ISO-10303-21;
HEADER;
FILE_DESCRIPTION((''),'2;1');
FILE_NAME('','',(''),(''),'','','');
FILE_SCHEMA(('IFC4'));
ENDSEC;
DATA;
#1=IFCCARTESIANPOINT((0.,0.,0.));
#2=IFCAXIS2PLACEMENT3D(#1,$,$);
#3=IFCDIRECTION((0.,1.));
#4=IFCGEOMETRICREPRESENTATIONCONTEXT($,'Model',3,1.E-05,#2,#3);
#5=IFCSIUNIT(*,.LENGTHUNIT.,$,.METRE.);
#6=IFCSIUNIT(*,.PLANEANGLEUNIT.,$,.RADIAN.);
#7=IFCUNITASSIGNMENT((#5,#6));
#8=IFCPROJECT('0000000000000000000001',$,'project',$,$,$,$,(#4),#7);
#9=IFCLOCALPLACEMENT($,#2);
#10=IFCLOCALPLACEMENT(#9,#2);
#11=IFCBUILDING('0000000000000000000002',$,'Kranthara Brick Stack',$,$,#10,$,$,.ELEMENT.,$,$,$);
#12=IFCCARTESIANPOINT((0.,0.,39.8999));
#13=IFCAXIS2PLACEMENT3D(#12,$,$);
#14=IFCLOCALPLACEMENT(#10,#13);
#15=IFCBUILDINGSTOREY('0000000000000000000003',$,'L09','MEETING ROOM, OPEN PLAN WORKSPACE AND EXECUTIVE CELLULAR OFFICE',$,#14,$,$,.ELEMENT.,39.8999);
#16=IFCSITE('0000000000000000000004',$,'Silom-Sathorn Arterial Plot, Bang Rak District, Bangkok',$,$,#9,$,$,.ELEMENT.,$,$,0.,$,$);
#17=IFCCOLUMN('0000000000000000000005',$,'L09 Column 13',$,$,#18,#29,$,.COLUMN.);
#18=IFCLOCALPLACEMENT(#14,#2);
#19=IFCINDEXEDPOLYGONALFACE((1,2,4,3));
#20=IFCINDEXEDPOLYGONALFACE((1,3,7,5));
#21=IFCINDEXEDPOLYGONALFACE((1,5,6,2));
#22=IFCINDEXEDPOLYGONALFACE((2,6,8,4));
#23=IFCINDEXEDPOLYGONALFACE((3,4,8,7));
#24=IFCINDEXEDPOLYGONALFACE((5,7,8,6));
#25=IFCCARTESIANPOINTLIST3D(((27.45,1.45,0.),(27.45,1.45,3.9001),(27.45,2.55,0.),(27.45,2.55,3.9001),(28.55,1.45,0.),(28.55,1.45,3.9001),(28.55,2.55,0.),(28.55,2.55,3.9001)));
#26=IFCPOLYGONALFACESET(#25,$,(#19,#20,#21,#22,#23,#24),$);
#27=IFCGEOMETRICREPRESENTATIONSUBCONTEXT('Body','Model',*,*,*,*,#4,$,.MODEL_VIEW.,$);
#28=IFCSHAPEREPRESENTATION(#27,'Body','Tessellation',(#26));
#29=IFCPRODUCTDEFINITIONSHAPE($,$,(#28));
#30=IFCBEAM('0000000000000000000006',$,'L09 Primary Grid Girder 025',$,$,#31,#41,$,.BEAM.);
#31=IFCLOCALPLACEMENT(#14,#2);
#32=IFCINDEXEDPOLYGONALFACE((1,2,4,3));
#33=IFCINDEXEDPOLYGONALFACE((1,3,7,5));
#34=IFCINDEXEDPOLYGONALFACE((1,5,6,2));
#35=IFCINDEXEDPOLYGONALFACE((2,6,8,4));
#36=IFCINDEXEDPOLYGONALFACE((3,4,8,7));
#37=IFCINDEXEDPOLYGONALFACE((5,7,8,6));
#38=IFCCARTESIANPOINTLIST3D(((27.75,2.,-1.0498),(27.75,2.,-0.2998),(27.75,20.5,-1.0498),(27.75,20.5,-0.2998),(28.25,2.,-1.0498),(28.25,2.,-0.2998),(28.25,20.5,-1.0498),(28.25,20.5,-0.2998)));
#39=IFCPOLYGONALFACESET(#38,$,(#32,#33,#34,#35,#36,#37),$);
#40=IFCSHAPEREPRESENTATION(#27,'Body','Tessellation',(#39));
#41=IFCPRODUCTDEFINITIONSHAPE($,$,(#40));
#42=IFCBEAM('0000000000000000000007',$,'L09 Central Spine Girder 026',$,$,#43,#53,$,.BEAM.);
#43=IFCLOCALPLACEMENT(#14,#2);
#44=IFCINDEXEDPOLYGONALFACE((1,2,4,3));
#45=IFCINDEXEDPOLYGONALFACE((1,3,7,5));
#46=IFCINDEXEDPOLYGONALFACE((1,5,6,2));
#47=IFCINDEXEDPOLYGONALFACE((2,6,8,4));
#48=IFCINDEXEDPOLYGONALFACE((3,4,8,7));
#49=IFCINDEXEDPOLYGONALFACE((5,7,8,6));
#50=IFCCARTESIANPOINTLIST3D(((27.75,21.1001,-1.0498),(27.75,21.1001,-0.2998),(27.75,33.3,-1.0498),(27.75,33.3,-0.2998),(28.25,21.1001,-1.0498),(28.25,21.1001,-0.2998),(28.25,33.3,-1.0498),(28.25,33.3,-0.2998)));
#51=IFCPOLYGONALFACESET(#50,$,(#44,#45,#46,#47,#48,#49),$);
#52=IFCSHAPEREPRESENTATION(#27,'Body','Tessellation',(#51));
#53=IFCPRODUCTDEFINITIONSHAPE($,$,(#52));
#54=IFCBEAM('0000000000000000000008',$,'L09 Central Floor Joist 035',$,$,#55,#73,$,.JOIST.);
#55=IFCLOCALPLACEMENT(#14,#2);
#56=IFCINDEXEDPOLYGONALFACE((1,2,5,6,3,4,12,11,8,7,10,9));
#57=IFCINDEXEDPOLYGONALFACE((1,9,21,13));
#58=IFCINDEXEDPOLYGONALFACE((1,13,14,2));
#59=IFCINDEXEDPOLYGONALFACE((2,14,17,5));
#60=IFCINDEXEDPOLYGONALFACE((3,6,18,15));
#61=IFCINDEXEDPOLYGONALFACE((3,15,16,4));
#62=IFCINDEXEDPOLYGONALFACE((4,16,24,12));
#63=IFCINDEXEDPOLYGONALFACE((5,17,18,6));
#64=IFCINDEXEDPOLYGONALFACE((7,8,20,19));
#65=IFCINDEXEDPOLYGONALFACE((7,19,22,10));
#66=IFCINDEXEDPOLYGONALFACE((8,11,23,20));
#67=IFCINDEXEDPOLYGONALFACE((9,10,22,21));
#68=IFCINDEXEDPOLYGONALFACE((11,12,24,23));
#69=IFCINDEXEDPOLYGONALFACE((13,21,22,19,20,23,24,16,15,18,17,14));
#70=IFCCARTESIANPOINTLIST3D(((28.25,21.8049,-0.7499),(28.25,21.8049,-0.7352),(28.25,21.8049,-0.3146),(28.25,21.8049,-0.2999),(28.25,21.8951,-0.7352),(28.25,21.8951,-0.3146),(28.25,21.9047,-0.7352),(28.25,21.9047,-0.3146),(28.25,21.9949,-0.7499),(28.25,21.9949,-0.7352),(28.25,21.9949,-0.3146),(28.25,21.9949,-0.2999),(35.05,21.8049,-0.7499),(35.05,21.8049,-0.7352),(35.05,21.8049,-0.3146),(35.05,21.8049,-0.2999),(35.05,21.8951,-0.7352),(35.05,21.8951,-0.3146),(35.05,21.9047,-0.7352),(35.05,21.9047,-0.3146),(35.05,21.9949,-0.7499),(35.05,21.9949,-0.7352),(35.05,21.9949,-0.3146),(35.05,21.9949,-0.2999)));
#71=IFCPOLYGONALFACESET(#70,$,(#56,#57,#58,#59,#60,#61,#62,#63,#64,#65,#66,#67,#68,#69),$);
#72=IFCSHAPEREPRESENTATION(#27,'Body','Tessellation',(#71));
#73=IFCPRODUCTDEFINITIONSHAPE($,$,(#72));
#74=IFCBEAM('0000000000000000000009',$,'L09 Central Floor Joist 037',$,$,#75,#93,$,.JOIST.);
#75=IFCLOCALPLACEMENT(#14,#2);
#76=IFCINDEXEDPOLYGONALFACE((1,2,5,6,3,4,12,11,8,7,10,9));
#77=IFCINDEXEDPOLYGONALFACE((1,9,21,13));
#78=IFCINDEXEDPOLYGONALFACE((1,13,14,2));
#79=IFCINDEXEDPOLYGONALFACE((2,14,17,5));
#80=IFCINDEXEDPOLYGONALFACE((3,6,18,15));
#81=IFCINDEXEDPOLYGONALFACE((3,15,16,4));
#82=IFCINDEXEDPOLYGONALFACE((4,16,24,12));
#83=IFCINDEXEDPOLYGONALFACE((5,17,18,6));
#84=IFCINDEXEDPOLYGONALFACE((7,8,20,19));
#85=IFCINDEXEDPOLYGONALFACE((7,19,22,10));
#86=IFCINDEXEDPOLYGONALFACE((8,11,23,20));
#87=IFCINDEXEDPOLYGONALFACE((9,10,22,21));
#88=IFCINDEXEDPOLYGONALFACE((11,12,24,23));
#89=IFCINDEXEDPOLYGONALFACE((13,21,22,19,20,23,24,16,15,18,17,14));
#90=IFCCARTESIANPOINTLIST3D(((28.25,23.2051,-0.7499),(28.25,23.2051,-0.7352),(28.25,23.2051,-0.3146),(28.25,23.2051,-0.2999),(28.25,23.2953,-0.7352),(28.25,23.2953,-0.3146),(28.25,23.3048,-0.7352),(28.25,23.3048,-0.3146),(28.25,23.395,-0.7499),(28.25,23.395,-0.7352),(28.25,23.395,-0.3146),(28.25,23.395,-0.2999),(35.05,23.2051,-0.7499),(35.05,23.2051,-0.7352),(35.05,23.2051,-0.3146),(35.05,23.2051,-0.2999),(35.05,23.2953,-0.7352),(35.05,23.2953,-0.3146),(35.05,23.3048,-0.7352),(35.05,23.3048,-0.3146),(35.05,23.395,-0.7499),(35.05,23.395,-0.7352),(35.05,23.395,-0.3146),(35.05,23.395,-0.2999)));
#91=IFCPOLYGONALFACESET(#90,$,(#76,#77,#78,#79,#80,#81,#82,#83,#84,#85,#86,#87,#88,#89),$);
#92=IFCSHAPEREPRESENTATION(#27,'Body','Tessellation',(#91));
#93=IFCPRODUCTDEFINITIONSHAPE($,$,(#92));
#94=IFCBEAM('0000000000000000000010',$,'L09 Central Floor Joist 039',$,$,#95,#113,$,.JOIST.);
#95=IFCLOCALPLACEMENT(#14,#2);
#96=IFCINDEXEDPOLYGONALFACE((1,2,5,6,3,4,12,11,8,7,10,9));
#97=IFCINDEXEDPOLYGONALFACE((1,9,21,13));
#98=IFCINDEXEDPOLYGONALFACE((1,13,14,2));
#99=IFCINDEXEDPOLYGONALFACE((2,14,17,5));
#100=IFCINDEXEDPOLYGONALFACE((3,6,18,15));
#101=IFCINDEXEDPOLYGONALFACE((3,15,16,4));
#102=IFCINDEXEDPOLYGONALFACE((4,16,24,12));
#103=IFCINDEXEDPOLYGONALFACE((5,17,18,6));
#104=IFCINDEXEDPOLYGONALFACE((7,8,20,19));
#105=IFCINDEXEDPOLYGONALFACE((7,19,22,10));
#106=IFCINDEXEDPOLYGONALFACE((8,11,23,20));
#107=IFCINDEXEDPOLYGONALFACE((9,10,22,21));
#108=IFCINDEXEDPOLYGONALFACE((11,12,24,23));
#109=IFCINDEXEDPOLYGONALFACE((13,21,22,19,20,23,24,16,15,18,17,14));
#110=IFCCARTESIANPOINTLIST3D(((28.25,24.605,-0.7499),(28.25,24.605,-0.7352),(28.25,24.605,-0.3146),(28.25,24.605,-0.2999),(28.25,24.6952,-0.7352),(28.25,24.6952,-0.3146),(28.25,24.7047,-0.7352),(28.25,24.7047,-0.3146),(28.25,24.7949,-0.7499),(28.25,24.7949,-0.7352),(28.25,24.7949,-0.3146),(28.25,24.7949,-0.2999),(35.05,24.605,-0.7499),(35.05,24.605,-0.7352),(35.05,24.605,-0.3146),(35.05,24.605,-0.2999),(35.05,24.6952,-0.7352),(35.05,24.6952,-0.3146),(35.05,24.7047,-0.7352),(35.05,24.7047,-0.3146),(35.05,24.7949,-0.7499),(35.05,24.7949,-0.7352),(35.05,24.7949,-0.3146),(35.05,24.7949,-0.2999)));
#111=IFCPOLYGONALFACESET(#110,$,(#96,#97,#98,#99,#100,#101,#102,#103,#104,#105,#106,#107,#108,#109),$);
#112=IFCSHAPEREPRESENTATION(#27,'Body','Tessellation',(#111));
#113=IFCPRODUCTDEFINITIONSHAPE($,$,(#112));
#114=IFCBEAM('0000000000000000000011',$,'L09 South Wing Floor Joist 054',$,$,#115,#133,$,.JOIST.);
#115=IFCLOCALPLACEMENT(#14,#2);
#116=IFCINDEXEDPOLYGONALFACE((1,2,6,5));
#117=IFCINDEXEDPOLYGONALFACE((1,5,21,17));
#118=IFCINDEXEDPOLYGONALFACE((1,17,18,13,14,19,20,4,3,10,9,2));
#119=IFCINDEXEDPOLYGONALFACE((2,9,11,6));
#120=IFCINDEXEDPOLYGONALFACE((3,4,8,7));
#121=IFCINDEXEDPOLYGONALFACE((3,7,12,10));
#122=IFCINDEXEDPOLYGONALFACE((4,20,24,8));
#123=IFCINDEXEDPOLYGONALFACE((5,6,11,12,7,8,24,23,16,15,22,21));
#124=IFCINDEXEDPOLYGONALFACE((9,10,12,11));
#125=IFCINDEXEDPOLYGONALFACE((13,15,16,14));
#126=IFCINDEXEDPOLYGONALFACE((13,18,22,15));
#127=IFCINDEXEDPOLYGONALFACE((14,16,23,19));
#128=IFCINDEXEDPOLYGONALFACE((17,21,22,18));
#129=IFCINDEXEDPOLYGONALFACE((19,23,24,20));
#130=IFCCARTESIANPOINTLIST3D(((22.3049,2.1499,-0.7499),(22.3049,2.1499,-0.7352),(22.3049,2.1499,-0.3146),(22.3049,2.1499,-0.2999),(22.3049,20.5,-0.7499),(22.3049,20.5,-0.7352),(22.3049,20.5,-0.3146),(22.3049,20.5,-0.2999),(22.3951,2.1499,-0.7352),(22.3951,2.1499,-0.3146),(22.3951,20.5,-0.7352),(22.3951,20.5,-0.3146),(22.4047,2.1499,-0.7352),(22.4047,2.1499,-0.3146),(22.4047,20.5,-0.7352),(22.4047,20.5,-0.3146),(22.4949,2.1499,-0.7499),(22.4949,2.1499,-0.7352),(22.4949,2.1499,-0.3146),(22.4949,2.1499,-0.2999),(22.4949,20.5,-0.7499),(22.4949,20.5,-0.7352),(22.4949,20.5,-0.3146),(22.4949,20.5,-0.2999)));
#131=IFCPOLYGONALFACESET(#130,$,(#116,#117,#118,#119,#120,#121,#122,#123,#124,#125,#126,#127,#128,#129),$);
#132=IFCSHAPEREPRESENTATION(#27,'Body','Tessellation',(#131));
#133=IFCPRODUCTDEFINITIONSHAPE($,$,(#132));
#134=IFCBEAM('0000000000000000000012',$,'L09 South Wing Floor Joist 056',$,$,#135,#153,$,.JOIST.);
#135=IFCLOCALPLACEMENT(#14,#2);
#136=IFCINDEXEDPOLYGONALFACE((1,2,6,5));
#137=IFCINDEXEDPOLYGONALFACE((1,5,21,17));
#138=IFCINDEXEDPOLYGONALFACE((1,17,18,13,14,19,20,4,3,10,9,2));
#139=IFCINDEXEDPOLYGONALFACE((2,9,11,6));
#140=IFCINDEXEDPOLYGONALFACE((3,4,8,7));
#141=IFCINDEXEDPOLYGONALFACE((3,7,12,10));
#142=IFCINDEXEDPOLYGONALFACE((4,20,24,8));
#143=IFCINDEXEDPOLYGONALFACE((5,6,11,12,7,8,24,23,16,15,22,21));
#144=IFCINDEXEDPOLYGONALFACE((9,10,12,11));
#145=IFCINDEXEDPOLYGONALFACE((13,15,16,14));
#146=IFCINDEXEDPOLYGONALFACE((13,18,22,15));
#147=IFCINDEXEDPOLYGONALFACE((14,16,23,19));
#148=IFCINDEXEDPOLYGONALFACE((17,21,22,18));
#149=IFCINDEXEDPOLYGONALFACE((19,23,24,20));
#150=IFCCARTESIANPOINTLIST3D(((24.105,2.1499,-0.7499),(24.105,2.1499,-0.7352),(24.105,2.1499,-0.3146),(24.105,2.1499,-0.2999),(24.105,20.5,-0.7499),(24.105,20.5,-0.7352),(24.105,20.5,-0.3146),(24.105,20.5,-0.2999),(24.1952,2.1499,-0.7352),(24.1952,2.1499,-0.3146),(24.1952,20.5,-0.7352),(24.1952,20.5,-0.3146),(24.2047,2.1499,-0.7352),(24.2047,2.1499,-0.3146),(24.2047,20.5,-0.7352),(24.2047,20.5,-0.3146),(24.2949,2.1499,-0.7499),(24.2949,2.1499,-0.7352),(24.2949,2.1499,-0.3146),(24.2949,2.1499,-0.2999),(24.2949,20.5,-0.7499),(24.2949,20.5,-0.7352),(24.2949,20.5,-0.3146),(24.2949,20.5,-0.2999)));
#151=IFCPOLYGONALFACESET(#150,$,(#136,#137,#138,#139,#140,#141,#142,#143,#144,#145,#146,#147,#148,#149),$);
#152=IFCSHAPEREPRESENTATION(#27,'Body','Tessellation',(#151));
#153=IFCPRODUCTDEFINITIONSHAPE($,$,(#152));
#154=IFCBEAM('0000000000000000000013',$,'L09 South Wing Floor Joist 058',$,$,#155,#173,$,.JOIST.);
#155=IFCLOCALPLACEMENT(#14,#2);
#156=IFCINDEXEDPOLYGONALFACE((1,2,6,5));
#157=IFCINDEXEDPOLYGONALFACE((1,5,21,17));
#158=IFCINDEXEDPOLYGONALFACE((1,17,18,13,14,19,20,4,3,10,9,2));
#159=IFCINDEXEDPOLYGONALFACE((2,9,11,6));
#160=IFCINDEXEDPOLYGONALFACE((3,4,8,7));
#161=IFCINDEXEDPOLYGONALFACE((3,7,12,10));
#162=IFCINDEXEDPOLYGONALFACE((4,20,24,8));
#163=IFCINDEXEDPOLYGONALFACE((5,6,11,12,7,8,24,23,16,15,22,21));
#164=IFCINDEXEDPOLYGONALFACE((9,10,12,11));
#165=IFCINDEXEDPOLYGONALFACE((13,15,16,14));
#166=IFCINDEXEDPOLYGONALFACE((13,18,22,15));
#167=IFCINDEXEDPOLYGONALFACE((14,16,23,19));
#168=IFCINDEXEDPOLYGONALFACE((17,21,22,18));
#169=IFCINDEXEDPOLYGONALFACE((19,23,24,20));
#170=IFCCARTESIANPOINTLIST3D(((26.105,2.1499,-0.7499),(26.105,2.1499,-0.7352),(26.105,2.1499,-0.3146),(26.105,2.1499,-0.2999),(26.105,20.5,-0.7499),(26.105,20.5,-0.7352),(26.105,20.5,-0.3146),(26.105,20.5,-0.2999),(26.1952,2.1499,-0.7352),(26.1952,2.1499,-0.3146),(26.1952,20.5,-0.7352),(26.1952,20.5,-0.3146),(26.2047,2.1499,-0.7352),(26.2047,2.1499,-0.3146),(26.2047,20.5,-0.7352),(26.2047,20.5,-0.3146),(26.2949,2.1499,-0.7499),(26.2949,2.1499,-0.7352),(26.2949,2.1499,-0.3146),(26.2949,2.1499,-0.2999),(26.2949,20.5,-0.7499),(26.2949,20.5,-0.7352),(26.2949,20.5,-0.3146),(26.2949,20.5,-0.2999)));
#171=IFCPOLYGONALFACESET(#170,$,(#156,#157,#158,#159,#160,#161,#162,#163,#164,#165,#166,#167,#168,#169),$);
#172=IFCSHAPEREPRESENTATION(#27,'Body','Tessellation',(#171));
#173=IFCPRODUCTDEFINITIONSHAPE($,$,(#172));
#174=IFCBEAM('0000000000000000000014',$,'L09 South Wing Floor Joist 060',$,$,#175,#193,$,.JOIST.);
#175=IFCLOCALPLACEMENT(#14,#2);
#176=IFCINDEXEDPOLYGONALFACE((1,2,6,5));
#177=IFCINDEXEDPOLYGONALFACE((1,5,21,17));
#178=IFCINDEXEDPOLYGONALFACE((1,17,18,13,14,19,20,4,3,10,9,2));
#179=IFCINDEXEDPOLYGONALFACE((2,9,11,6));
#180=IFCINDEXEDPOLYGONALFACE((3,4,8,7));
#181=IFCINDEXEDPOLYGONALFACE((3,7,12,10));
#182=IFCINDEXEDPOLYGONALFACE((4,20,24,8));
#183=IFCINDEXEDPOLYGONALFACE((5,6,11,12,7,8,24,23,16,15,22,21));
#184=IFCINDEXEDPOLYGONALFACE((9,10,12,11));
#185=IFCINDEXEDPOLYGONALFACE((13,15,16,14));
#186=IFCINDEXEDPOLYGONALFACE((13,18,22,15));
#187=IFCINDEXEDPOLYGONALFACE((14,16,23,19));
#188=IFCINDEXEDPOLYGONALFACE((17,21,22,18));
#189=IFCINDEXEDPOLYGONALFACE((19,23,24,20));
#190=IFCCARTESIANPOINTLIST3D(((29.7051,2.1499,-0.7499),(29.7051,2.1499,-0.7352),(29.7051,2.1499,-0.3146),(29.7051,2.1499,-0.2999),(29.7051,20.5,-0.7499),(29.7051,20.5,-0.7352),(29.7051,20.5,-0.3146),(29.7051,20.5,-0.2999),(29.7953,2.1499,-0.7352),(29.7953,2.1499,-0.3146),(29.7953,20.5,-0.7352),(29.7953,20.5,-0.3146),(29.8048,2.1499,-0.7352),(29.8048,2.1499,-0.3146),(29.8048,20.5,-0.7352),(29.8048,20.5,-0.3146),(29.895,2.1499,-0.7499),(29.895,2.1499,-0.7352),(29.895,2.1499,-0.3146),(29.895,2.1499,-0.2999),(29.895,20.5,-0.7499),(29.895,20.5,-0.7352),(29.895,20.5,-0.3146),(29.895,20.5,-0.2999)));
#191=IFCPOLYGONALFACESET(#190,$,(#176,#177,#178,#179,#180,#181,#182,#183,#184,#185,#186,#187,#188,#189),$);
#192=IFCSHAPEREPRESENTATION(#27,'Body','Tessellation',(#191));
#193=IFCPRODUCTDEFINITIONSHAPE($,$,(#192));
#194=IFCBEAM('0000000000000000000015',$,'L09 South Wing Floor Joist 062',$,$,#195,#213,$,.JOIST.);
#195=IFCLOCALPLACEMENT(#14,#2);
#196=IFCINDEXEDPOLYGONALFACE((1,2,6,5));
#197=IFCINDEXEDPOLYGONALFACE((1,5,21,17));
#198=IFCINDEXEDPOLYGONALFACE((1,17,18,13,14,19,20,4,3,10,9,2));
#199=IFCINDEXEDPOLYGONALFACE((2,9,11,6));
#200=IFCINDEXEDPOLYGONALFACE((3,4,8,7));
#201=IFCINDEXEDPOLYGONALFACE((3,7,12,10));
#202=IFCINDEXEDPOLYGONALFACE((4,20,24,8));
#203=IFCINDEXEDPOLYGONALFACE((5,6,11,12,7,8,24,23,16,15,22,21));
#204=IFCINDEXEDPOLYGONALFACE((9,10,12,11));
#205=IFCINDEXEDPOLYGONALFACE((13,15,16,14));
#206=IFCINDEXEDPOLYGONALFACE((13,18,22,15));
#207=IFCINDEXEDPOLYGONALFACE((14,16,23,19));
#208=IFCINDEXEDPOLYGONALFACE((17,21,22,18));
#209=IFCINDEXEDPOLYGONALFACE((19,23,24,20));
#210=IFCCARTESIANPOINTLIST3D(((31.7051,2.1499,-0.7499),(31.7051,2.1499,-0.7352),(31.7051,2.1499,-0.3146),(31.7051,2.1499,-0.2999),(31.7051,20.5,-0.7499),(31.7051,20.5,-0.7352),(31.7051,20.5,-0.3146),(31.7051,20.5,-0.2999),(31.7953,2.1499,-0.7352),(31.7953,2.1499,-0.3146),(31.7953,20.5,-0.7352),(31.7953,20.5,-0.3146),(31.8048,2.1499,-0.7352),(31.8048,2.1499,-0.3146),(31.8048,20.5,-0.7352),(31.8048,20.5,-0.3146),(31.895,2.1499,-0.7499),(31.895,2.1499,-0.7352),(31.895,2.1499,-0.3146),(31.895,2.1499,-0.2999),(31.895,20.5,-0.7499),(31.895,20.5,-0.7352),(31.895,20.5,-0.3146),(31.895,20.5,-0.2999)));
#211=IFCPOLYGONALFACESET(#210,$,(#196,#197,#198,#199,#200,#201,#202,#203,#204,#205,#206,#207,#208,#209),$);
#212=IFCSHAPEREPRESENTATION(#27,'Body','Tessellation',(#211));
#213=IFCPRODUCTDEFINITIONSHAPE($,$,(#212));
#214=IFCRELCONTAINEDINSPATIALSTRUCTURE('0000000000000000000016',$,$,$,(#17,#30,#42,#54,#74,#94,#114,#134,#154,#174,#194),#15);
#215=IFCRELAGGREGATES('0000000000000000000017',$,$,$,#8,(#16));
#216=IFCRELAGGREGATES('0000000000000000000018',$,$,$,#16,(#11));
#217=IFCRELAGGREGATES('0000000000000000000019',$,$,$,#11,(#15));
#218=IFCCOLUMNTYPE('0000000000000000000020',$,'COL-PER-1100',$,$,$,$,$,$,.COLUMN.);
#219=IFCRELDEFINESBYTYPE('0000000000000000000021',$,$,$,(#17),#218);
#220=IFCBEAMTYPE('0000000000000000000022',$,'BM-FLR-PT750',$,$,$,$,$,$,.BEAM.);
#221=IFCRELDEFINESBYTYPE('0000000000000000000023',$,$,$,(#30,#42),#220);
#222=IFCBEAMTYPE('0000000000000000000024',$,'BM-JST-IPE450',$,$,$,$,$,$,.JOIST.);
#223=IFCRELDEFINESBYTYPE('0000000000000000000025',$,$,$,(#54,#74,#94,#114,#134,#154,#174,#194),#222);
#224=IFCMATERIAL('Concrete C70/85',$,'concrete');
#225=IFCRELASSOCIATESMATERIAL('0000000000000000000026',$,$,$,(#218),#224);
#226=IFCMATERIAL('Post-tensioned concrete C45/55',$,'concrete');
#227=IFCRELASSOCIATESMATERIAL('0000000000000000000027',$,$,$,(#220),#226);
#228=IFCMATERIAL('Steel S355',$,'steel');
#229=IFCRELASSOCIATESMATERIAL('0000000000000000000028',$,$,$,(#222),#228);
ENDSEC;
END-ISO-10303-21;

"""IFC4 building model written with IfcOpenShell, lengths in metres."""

from ifc_helpers import new_model, si_unit, direction, frame, origin, origin_2d, place, context, subcontext, project, spatial, rectangle, i_section, extrude, material, material_profile, profile_set, type_object, element, save


model = new_model("IFC4")

# Units and contexts
model_context = context("Model", 3, precision=1e-05, world=origin(), true_north=direction((0.0, 1.0)))
body_context = subcontext(model_context, "Body", "Model", "MODEL_VIEW")
ifc_project = project(units=[si_unit("LENGTHUNIT", "METRE"), si_unit("PLANEANGLEUNIT", "RADIAN")], contexts=[model_context])

# Site, building, storey
site_placement = place(None, origin())
site = spatial("IfcSite", under=ifc_project, at=site_placement, Name="Silom-Sathorn Arterial Plot, Bang Rak District, Bangkok", CompositionType="ELEMENT", RefElevation=0.0)
building_placement = place(site_placement, origin())
building = spatial("IfcBuilding", under=site, at=building_placement, Name="Kranthara Brick Stack", CompositionType="ELEMENT")
storey_placement = place(building_placement, frame((0.0, 0.0, 39.8999)))
storey = spatial("IfcBuildingStorey", under=building, at=storey_placement, Name="L09", Description="MEETING ROOM, OPEN PLAN WORKSPACE AND EXECUTIVE CELLULAR OFFICE", CompositionType="ELEMENT", Elevation=39.8999)

# Column
ifc_material_1 = material(Name="Concrete C70/85", Category="concrete")
ifc_material_profile_1 = material_profile(ifc_material_1, rectangle(XDim=1.1001, YDim=1.1001, at=origin_2d()), Name="RC 1100x1100")
ifc_profile_set_1 = profile_set([ifc_material_profile_1], Name="Concrete C70/85")
column_type = type_object("IfcColumnType", Name="COL-PER-1100", PredefinedType="COLUMN", material=ifc_profile_set_1)
column_placement = place(storey_placement, frame((28.0, 2.0, 0.0), z_axis=(0.0, 0.0, 1.0), x_axis=(1.0, 0.0, 0.0)))
element("IfcColumn", 1, at=column_placement, inside=storey, type_object=column_type, Name="L09 Column 13", PredefinedType="COLUMN", context=body_context, shape_type="SweptSolid", body=[
    extrude(rectangle(XDim=1.1001, YDim=1.1001, at=origin_2d()), origin(), (0.0, 0.0, 1.0), 3.9001),
])

# Beams
ifc_material_2 = material(Name="Post-tensioned concrete C45/55", Category="concrete")
ifc_material_profile_2 = material_profile(ifc_material_2, rectangle(XDim=0.5, YDim=0.75, at=origin_2d()), Name="PT 500x750")
ifc_profile_set_2 = profile_set([ifc_material_profile_2], Name="Post-tensioned concrete C45/55")
beam_type_1 = type_object("IfcBeamType", Name="BM-FLR-PT750", PredefinedType="BEAM", material=ifc_profile_set_2)
beam_1_placement = place(storey_placement, frame((28.0, 2.0, -0.6748), z_axis=(0.0, 1.0, 0.0), x_axis=(-1.0, 0.0, 0.0)))
element("IfcBeam", 2, at=beam_1_placement, inside=storey, type_object=beam_type_1, Name="L09 Primary Grid Girder 025", PredefinedType="BEAM", context=body_context, shape_type="SweptSolid", body=[
    extrude(rectangle(XDim=0.5, YDim=0.75, at=origin_2d()), origin(), (0.0, 0.0, 1.0), 18.5),
])
beam_2_placement = place(storey_placement, frame((28.0, 21.1001, -0.6748), z_axis=(0.0, 1.0, 0.0), x_axis=(-1.0, 0.0, 0.0)))
element("IfcBeam", 3, at=beam_2_placement, inside=storey, type_object=beam_type_1, Name="L09 Central Spine Girder 026", PredefinedType="BEAM", context=body_context, shape_type="SweptSolid", body=[
    extrude(rectangle(XDim=0.5, YDim=0.75, at=origin_2d()), origin(), (0.0, 0.0, 1.0), 12.2),
])
ifc_material_3 = material(Name="Steel S355", Category="steel")
ifc_material_profile_3 = material_profile(ifc_material_3, i_section(OverallWidth=0.1899, OverallDepth=0.45, WebThickness=0.0095, FlangeThickness=0.0146, at=origin_2d()), Name="IPE 450")
ifc_profile_set_3 = profile_set([ifc_material_profile_3], Name="Steel S355")
beam_type_2 = type_object("IfcBeamType", Name="BM-JST-IPE450", PredefinedType="JOIST", material=ifc_profile_set_3)
for number, where, z_axis, x_axis, name in (
    (4, (28.25, 21.8999, -0.5249), (1.0, 0.0, 0.0), (0.0, 1.0, 0.0), "L09 Central Floor Joist 035"),
    (5, (28.25, 23.3, -0.5249), (1.0, 0.0, 0.0), (0.0, 1.0, 0.0), "L09 Central Floor Joist 037"),
    (6, (28.25, 24.7, -0.5249), (1.0, 0.0, 0.0), (0.0, 1.0, 0.0), "L09 Central Floor Joist 039"),
):
    element("IfcBeam", number, at=place(storey_placement, frame(where, z_axis=z_axis, x_axis=x_axis)), inside=storey, type_object=beam_type_2, Name=name, PredefinedType="JOIST", context=body_context, shape_type="SweptSolid", body=[
        extrude(i_section(OverallWidth=0.1899, OverallDepth=0.45, WebThickness=0.0095, FlangeThickness=0.0146, at=origin_2d()), origin(), (0.0, 0.0, 1.0), 6.8),
    ])
for number, where, z_axis, x_axis, name in (
    (7, (22.3999, 2.1499, -0.5249), (0.0, 1.0, 0.0), (-1.0, 0.0, 0.0), "L09 South Wing Floor Joist 054"),
    (8, (24.2, 2.1499, -0.5249), (0.0, 1.0, 0.0), (-1.0, 0.0, 0.0), "L09 South Wing Floor Joist 056"),
    (9, (26.2, 2.1499, -0.5249), (0.0, 1.0, 0.0), (-1.0, 0.0, 0.0), "L09 South Wing Floor Joist 058"),
    (10, (29.8, 2.1499, -0.5249), (0.0, 1.0, 0.0), (-1.0, 0.0, 0.0), "L09 South Wing Floor Joist 060"),
    (11, (31.8, 2.1499, -0.5249), (0.0, 1.0, 0.0), (-1.0, 0.0, 0.0), "L09 South Wing Floor Joist 062"),
):
    element("IfcBeam", number, at=place(storey_placement, frame(where, z_axis=z_axis, x_axis=x_axis)), inside=storey, type_object=beam_type_2, Name=name, PredefinedType="JOIST", context=body_context, shape_type="SweptSolid", body=[
        extrude(i_section(OverallWidth=0.1899, OverallDepth=0.45, WebThickness=0.0095, FlangeThickness=0.0146, at=origin_2d()), origin(), (0.0, 0.0, 1.0), 18.3501),
    ])

save(model, "model.ifc")
